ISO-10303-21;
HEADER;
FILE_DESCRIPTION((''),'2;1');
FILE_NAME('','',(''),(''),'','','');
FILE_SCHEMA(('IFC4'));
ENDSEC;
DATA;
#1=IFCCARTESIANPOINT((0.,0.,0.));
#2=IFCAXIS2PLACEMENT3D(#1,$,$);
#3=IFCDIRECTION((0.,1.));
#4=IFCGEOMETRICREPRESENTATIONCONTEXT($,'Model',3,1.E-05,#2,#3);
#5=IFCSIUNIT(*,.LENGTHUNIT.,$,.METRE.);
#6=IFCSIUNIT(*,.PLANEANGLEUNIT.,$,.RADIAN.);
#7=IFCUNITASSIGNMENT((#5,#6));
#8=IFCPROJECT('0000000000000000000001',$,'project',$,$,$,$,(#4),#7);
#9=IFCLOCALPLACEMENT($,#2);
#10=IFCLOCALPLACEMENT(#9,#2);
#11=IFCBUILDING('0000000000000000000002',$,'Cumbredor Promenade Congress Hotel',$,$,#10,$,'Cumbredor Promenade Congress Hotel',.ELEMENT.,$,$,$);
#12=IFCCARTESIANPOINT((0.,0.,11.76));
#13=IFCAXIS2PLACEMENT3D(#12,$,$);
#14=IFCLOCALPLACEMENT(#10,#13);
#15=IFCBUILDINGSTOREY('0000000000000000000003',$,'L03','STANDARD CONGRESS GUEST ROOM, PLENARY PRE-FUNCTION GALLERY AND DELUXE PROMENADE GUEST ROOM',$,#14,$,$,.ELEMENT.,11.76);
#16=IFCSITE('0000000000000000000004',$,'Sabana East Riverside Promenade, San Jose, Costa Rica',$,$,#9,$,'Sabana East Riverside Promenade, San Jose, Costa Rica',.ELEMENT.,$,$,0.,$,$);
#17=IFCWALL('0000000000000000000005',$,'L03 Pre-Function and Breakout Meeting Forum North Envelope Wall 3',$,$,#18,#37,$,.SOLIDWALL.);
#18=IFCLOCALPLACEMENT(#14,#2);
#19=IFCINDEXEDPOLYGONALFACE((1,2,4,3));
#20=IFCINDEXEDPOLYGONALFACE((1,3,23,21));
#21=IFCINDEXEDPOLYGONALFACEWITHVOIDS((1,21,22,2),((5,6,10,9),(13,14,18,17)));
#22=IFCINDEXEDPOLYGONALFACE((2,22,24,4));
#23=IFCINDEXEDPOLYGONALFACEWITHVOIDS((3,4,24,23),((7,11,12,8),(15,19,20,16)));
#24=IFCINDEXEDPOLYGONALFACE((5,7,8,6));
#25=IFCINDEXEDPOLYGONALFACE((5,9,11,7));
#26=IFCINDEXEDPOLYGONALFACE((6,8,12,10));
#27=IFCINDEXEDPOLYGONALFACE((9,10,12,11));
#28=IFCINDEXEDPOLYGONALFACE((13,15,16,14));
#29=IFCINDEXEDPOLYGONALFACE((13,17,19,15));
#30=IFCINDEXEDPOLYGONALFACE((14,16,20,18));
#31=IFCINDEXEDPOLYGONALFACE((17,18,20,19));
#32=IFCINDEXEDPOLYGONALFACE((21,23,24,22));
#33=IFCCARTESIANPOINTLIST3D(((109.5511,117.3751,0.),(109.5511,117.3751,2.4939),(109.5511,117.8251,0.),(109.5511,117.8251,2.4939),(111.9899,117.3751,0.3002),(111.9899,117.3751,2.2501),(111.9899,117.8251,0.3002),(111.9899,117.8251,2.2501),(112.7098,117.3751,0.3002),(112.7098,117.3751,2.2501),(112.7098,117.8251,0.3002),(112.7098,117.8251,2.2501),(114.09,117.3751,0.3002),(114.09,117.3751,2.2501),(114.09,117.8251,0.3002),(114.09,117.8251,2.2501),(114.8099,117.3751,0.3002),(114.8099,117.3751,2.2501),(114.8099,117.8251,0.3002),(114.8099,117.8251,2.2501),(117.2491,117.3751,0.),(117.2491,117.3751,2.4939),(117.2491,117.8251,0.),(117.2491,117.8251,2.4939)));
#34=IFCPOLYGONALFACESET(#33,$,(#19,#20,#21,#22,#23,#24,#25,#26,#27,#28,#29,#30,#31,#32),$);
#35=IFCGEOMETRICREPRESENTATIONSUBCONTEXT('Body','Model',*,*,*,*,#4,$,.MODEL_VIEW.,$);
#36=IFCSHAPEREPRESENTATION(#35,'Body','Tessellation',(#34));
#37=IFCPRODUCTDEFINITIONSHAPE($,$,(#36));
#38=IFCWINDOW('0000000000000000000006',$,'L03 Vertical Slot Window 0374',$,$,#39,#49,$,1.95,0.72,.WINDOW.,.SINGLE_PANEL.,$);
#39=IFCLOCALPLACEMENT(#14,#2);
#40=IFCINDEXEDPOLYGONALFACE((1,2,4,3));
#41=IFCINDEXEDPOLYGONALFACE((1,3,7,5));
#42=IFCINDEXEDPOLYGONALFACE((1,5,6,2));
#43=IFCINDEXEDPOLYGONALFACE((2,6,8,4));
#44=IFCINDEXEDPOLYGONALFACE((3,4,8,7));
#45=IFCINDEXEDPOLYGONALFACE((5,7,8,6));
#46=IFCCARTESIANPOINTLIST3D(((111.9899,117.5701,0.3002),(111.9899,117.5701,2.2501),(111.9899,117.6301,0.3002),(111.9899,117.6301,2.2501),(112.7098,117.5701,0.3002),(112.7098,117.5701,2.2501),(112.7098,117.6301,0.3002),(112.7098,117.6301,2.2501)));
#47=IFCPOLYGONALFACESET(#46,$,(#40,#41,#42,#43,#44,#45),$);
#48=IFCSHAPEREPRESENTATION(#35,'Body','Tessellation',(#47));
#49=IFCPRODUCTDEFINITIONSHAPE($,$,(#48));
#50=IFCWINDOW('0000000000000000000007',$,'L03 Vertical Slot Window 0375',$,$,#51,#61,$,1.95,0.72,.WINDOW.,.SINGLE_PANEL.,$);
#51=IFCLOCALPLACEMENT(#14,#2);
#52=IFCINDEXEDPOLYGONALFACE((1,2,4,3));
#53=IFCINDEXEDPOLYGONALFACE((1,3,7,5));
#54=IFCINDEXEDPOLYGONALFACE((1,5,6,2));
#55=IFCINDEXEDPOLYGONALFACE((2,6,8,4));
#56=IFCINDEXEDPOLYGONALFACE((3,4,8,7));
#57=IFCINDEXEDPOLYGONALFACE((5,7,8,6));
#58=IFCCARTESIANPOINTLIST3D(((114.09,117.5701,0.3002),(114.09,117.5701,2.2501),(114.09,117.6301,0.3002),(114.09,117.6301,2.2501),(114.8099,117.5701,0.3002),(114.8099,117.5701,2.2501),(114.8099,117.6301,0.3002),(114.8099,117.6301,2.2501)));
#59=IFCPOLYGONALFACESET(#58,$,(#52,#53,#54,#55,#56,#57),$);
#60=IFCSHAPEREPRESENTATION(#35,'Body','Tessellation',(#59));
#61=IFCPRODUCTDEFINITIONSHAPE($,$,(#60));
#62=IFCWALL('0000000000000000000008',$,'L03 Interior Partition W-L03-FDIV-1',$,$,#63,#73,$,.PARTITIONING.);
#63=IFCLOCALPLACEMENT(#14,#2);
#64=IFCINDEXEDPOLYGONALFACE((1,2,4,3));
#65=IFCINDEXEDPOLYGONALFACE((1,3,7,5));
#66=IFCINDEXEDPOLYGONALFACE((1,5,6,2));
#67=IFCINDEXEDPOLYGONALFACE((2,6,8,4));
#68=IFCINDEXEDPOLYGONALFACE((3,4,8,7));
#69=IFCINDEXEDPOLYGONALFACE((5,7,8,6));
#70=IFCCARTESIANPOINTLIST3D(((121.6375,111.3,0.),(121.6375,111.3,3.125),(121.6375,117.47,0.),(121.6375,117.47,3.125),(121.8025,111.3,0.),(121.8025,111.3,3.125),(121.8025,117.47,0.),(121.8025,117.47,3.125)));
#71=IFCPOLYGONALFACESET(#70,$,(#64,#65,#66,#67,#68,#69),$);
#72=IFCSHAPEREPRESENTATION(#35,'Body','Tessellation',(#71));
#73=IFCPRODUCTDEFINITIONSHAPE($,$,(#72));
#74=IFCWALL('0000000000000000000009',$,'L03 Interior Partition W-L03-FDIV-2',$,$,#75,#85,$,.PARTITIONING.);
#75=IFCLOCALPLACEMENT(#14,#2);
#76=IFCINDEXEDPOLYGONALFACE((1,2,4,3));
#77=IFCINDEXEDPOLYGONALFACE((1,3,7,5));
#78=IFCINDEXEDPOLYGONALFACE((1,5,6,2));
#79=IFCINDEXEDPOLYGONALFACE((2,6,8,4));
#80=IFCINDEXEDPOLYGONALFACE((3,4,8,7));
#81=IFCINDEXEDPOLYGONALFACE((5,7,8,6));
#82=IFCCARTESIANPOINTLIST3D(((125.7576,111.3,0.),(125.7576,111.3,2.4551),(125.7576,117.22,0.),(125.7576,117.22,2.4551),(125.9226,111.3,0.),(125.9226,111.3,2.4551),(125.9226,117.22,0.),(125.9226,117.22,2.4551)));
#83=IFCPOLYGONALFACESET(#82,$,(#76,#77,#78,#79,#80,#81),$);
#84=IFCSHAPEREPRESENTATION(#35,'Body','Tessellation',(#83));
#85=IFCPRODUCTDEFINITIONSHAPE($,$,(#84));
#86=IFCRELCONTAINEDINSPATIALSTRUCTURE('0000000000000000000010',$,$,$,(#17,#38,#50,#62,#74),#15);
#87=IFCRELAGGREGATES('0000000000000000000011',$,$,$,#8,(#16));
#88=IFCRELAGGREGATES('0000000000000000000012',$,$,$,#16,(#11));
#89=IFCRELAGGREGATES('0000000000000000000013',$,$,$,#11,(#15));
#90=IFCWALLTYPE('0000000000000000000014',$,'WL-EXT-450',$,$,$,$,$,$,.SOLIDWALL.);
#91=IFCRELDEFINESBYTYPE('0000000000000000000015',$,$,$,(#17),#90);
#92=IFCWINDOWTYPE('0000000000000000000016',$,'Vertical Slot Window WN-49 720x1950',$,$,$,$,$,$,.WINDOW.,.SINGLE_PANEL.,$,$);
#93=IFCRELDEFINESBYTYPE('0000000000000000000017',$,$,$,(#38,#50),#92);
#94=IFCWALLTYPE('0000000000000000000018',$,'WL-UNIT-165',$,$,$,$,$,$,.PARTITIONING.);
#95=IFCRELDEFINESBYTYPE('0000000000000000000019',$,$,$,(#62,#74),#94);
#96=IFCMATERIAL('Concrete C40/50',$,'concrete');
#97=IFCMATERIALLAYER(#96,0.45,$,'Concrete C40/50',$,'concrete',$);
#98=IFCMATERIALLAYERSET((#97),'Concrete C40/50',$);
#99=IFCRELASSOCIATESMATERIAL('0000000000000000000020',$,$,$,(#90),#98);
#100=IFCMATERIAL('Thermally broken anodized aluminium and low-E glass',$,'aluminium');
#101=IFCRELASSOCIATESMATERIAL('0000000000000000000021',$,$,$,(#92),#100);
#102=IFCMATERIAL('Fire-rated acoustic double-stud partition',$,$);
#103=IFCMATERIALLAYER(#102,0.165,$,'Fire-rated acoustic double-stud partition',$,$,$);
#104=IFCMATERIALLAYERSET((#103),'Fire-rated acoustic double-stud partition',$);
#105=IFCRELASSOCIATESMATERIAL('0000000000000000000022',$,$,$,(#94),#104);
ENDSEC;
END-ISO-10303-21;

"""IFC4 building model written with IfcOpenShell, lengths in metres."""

from ifc_helpers import new_model, si_unit, direction, frame, frame_2d, origin, place, context, subcontext, project, spatial, rectangle, extrude, material, layer, layer_set, type_object, element, fill, save


model = new_model("IFC4")

# Units and contexts
model_context = context("Model", 3, precision=1e-05, world=origin(), true_north=direction((0.0, 1.0)))
body_context = subcontext(model_context, "Body", "Model", "MODEL_VIEW")
ifc_project = project(units=[si_unit("LENGTHUNIT", "METRE"), si_unit("PLANEANGLEUNIT", "RADIAN")], contexts=[model_context])

# Site, building, storey
site_placement = place(None, origin())
site = spatial("IfcSite", under=ifc_project, at=site_placement, Name="Sabana East Riverside Promenade, San Jose, Costa Rica", LongName="Sabana East Riverside Promenade, San Jose, Costa Rica", CompositionType="ELEMENT", RefElevation=0.0)
building_placement = place(site_placement, origin())
building = spatial("IfcBuilding", under=site, at=building_placement, Name="Cumbredor Promenade Congress Hotel", LongName="Cumbredor Promenade Congress Hotel", CompositionType="ELEMENT")
storey_placement = place(building_placement, frame((0.0, 0.0, 11.76)))
storey = spatial("IfcBuildingStorey", under=building, at=storey_placement, Name="L03", Description="STANDARD CONGRESS GUEST ROOM, PLENARY PRE-FUNCTION GALLERY AND DELUXE PROMENADE GUEST ROOM", CompositionType="ELEMENT", Elevation=11.76)

# Shared definitions
ifc_material_1 = material(Name="Concrete C40/50", Category="concrete")

# Shared definitions
ifc_material_2 = material(Name="Thermally broken anodized aluminium and low-E glass", Category="aluminium")

# Wall, openings, windows
ifc_layer_1 = layer(ifc_material_1, 0.45, Name="Concrete C40/50", Category="concrete")
ifc_layer_set_1 = layer_set([ifc_layer_1], Name="Concrete C40/50")
wall_type_1 = type_object("IfcWallType", Name="WL-EXT-450", PredefinedType="SOLIDWALL", material=ifc_layer_set_1)
wall_1_placement = place(storey_placement, frame((109.551, 117.6001, 0.0), z_axis=(0.0, 0.0, 1.0), x_axis=(1.0, 0.0, 0.0)))
wall_1 = element("IfcWall", 1, at=wall_1_placement, inside=storey, type_object=wall_type_1, Name="L03 Pre-Function and Breakout Meeting Forum North Envelope Wall 3", PredefinedType="SOLIDWALL", context=body_context, shape_type="SweptSolid", body=[
    extrude(rectangle(XDim=7.698, YDim=0.45, at=frame_2d((3.8491, 0.0))), origin(), (0.0, 0.0, 1.0), 2.4939),
])
opening_1_placement = place(wall_1_placement, frame((2.439, 0.0, 0.3)))
opening_1 = element("IfcOpeningElement", 2, at=opening_1_placement, cuts=wall_1, PredefinedType="OPENING", context=body_context, shape_type="SweptSolid", body=[
    extrude(rectangle(XDim=0.72, YDim=1.95, at=frame_2d((0.3599, 0.9751))), frame((0.0, 0.2349, 0.0), z_axis=(0.0, -1.0, 0.0), x_axis=(1.0, 0.0, 0.0)), (0.0, 0.0, 1.0), 0.47),
])
opening_2_placement = place(wall_1_placement, frame((4.5391, 0.0, 0.3)))
opening_2 = element("IfcOpeningElement", 3, at=opening_2_placement, cuts=wall_1, PredefinedType="OPENING", context=body_context, shape_type="SweptSolid", body=[
    extrude(rectangle(XDim=0.72, YDim=1.95, at=frame_2d((0.3599, 0.9751))), frame((0.0, 0.2349, 0.0), z_axis=(0.0, -1.0, 0.0), x_axis=(1.0, 0.0, 0.0)), (0.0, 0.0, 1.0), 0.47),
])
window_type_1 = type_object("IfcWindowType", Name="Vertical Slot Window WN-49 720x1950", PartitioningType="SINGLE_PANEL", PredefinedType="WINDOW", material=ifc_material_2)
window_1_placement = place(opening_1_placement, origin())
window_1 = element("IfcWindow", 4, at=window_1_placement, inside=storey, type_object=window_type_1, Name="L03 Vertical Slot Window 0374", OverallHeight=1.95, OverallWidth=0.72, PartitioningType="SINGLE_PANEL", PredefinedType="WINDOW", context=body_context, shape_type="SweptSolid", body=[
    extrude(rectangle(XDim=0.72, YDim=1.95, at=frame_2d((0.3599, 0.9751))), frame((0.0, 0.03, 0.0), z_axis=(0.0, -1.0, 0.0), x_axis=(1.0, 0.0, 0.0)), (0.0, 0.0, 1.0), 0.0601),
])
fill(opening_1, window_1)
window_2_placement = place(opening_2_placement, origin())
window_2 = element("IfcWindow", 5, at=window_2_placement, inside=storey, type_object=window_type_1, Name="L03 Vertical Slot Window 0375", OverallHeight=1.95, OverallWidth=0.72, PartitioningType="SINGLE_PANEL", PredefinedType="WINDOW", context=body_context, shape_type="SweptSolid", body=[
    extrude(rectangle(XDim=0.72, YDim=1.95, at=frame_2d((0.3599, 0.9751))), frame((0.0, 0.03, 0.0), z_axis=(0.0, -1.0, 0.0), x_axis=(1.0, 0.0, 0.0)), (0.0, 0.0, 1.0), 0.0601),
])
fill(opening_2, window_2)

# Walls
ifc_material_3 = material(Name="Fire-rated acoustic double-stud partition")
ifc_layer_2 = layer(ifc_material_3, 0.165, Name="Fire-rated acoustic double-stud partition")
ifc_layer_set_2 = layer_set([ifc_layer_2], Name="Fire-rated acoustic double-stud partition")
wall_type_2 = type_object("IfcWallType", Name="WL-UNIT-165", PredefinedType="PARTITIONING", material=ifc_layer_set_2)
wall_2_placement = place(storey_placement, frame((121.72, 111.3, 0.0), z_axis=(0.0, 0.0, 1.0), x_axis=(0.0, 1.0, 0.0)))
element("IfcWall", 6, at=wall_2_placement, inside=storey, type_object=wall_type_2, Name="L03 Interior Partition W-L03-FDIV-1", PredefinedType="PARTITIONING", context=body_context, shape_type="SweptSolid", body=[
    extrude(rectangle(XDim=6.1699, YDim=0.165, at=frame_2d((3.085, 0.0))), origin(), (0.0, 0.0, 1.0), 3.125),
])
wall_3_placement = place(storey_placement, frame((125.8401, 111.3, 0.0), z_axis=(0.0, 0.0, 1.0), x_axis=(0.0, 1.0, 0.0)))
element("IfcWall", 7, at=wall_3_placement, inside=storey, type_object=wall_type_2, Name="L03 Interior Partition W-L03-FDIV-2", PredefinedType="PARTITIONING", context=body_context, shape_type="SweptSolid", body=[
    extrude(rectangle(XDim=5.9199, YDim=0.165, at=frame_2d((2.96, 0.0))), origin(), (0.0, 0.0, 1.0), 2.4551),
])

save(model, "model.ifc")
